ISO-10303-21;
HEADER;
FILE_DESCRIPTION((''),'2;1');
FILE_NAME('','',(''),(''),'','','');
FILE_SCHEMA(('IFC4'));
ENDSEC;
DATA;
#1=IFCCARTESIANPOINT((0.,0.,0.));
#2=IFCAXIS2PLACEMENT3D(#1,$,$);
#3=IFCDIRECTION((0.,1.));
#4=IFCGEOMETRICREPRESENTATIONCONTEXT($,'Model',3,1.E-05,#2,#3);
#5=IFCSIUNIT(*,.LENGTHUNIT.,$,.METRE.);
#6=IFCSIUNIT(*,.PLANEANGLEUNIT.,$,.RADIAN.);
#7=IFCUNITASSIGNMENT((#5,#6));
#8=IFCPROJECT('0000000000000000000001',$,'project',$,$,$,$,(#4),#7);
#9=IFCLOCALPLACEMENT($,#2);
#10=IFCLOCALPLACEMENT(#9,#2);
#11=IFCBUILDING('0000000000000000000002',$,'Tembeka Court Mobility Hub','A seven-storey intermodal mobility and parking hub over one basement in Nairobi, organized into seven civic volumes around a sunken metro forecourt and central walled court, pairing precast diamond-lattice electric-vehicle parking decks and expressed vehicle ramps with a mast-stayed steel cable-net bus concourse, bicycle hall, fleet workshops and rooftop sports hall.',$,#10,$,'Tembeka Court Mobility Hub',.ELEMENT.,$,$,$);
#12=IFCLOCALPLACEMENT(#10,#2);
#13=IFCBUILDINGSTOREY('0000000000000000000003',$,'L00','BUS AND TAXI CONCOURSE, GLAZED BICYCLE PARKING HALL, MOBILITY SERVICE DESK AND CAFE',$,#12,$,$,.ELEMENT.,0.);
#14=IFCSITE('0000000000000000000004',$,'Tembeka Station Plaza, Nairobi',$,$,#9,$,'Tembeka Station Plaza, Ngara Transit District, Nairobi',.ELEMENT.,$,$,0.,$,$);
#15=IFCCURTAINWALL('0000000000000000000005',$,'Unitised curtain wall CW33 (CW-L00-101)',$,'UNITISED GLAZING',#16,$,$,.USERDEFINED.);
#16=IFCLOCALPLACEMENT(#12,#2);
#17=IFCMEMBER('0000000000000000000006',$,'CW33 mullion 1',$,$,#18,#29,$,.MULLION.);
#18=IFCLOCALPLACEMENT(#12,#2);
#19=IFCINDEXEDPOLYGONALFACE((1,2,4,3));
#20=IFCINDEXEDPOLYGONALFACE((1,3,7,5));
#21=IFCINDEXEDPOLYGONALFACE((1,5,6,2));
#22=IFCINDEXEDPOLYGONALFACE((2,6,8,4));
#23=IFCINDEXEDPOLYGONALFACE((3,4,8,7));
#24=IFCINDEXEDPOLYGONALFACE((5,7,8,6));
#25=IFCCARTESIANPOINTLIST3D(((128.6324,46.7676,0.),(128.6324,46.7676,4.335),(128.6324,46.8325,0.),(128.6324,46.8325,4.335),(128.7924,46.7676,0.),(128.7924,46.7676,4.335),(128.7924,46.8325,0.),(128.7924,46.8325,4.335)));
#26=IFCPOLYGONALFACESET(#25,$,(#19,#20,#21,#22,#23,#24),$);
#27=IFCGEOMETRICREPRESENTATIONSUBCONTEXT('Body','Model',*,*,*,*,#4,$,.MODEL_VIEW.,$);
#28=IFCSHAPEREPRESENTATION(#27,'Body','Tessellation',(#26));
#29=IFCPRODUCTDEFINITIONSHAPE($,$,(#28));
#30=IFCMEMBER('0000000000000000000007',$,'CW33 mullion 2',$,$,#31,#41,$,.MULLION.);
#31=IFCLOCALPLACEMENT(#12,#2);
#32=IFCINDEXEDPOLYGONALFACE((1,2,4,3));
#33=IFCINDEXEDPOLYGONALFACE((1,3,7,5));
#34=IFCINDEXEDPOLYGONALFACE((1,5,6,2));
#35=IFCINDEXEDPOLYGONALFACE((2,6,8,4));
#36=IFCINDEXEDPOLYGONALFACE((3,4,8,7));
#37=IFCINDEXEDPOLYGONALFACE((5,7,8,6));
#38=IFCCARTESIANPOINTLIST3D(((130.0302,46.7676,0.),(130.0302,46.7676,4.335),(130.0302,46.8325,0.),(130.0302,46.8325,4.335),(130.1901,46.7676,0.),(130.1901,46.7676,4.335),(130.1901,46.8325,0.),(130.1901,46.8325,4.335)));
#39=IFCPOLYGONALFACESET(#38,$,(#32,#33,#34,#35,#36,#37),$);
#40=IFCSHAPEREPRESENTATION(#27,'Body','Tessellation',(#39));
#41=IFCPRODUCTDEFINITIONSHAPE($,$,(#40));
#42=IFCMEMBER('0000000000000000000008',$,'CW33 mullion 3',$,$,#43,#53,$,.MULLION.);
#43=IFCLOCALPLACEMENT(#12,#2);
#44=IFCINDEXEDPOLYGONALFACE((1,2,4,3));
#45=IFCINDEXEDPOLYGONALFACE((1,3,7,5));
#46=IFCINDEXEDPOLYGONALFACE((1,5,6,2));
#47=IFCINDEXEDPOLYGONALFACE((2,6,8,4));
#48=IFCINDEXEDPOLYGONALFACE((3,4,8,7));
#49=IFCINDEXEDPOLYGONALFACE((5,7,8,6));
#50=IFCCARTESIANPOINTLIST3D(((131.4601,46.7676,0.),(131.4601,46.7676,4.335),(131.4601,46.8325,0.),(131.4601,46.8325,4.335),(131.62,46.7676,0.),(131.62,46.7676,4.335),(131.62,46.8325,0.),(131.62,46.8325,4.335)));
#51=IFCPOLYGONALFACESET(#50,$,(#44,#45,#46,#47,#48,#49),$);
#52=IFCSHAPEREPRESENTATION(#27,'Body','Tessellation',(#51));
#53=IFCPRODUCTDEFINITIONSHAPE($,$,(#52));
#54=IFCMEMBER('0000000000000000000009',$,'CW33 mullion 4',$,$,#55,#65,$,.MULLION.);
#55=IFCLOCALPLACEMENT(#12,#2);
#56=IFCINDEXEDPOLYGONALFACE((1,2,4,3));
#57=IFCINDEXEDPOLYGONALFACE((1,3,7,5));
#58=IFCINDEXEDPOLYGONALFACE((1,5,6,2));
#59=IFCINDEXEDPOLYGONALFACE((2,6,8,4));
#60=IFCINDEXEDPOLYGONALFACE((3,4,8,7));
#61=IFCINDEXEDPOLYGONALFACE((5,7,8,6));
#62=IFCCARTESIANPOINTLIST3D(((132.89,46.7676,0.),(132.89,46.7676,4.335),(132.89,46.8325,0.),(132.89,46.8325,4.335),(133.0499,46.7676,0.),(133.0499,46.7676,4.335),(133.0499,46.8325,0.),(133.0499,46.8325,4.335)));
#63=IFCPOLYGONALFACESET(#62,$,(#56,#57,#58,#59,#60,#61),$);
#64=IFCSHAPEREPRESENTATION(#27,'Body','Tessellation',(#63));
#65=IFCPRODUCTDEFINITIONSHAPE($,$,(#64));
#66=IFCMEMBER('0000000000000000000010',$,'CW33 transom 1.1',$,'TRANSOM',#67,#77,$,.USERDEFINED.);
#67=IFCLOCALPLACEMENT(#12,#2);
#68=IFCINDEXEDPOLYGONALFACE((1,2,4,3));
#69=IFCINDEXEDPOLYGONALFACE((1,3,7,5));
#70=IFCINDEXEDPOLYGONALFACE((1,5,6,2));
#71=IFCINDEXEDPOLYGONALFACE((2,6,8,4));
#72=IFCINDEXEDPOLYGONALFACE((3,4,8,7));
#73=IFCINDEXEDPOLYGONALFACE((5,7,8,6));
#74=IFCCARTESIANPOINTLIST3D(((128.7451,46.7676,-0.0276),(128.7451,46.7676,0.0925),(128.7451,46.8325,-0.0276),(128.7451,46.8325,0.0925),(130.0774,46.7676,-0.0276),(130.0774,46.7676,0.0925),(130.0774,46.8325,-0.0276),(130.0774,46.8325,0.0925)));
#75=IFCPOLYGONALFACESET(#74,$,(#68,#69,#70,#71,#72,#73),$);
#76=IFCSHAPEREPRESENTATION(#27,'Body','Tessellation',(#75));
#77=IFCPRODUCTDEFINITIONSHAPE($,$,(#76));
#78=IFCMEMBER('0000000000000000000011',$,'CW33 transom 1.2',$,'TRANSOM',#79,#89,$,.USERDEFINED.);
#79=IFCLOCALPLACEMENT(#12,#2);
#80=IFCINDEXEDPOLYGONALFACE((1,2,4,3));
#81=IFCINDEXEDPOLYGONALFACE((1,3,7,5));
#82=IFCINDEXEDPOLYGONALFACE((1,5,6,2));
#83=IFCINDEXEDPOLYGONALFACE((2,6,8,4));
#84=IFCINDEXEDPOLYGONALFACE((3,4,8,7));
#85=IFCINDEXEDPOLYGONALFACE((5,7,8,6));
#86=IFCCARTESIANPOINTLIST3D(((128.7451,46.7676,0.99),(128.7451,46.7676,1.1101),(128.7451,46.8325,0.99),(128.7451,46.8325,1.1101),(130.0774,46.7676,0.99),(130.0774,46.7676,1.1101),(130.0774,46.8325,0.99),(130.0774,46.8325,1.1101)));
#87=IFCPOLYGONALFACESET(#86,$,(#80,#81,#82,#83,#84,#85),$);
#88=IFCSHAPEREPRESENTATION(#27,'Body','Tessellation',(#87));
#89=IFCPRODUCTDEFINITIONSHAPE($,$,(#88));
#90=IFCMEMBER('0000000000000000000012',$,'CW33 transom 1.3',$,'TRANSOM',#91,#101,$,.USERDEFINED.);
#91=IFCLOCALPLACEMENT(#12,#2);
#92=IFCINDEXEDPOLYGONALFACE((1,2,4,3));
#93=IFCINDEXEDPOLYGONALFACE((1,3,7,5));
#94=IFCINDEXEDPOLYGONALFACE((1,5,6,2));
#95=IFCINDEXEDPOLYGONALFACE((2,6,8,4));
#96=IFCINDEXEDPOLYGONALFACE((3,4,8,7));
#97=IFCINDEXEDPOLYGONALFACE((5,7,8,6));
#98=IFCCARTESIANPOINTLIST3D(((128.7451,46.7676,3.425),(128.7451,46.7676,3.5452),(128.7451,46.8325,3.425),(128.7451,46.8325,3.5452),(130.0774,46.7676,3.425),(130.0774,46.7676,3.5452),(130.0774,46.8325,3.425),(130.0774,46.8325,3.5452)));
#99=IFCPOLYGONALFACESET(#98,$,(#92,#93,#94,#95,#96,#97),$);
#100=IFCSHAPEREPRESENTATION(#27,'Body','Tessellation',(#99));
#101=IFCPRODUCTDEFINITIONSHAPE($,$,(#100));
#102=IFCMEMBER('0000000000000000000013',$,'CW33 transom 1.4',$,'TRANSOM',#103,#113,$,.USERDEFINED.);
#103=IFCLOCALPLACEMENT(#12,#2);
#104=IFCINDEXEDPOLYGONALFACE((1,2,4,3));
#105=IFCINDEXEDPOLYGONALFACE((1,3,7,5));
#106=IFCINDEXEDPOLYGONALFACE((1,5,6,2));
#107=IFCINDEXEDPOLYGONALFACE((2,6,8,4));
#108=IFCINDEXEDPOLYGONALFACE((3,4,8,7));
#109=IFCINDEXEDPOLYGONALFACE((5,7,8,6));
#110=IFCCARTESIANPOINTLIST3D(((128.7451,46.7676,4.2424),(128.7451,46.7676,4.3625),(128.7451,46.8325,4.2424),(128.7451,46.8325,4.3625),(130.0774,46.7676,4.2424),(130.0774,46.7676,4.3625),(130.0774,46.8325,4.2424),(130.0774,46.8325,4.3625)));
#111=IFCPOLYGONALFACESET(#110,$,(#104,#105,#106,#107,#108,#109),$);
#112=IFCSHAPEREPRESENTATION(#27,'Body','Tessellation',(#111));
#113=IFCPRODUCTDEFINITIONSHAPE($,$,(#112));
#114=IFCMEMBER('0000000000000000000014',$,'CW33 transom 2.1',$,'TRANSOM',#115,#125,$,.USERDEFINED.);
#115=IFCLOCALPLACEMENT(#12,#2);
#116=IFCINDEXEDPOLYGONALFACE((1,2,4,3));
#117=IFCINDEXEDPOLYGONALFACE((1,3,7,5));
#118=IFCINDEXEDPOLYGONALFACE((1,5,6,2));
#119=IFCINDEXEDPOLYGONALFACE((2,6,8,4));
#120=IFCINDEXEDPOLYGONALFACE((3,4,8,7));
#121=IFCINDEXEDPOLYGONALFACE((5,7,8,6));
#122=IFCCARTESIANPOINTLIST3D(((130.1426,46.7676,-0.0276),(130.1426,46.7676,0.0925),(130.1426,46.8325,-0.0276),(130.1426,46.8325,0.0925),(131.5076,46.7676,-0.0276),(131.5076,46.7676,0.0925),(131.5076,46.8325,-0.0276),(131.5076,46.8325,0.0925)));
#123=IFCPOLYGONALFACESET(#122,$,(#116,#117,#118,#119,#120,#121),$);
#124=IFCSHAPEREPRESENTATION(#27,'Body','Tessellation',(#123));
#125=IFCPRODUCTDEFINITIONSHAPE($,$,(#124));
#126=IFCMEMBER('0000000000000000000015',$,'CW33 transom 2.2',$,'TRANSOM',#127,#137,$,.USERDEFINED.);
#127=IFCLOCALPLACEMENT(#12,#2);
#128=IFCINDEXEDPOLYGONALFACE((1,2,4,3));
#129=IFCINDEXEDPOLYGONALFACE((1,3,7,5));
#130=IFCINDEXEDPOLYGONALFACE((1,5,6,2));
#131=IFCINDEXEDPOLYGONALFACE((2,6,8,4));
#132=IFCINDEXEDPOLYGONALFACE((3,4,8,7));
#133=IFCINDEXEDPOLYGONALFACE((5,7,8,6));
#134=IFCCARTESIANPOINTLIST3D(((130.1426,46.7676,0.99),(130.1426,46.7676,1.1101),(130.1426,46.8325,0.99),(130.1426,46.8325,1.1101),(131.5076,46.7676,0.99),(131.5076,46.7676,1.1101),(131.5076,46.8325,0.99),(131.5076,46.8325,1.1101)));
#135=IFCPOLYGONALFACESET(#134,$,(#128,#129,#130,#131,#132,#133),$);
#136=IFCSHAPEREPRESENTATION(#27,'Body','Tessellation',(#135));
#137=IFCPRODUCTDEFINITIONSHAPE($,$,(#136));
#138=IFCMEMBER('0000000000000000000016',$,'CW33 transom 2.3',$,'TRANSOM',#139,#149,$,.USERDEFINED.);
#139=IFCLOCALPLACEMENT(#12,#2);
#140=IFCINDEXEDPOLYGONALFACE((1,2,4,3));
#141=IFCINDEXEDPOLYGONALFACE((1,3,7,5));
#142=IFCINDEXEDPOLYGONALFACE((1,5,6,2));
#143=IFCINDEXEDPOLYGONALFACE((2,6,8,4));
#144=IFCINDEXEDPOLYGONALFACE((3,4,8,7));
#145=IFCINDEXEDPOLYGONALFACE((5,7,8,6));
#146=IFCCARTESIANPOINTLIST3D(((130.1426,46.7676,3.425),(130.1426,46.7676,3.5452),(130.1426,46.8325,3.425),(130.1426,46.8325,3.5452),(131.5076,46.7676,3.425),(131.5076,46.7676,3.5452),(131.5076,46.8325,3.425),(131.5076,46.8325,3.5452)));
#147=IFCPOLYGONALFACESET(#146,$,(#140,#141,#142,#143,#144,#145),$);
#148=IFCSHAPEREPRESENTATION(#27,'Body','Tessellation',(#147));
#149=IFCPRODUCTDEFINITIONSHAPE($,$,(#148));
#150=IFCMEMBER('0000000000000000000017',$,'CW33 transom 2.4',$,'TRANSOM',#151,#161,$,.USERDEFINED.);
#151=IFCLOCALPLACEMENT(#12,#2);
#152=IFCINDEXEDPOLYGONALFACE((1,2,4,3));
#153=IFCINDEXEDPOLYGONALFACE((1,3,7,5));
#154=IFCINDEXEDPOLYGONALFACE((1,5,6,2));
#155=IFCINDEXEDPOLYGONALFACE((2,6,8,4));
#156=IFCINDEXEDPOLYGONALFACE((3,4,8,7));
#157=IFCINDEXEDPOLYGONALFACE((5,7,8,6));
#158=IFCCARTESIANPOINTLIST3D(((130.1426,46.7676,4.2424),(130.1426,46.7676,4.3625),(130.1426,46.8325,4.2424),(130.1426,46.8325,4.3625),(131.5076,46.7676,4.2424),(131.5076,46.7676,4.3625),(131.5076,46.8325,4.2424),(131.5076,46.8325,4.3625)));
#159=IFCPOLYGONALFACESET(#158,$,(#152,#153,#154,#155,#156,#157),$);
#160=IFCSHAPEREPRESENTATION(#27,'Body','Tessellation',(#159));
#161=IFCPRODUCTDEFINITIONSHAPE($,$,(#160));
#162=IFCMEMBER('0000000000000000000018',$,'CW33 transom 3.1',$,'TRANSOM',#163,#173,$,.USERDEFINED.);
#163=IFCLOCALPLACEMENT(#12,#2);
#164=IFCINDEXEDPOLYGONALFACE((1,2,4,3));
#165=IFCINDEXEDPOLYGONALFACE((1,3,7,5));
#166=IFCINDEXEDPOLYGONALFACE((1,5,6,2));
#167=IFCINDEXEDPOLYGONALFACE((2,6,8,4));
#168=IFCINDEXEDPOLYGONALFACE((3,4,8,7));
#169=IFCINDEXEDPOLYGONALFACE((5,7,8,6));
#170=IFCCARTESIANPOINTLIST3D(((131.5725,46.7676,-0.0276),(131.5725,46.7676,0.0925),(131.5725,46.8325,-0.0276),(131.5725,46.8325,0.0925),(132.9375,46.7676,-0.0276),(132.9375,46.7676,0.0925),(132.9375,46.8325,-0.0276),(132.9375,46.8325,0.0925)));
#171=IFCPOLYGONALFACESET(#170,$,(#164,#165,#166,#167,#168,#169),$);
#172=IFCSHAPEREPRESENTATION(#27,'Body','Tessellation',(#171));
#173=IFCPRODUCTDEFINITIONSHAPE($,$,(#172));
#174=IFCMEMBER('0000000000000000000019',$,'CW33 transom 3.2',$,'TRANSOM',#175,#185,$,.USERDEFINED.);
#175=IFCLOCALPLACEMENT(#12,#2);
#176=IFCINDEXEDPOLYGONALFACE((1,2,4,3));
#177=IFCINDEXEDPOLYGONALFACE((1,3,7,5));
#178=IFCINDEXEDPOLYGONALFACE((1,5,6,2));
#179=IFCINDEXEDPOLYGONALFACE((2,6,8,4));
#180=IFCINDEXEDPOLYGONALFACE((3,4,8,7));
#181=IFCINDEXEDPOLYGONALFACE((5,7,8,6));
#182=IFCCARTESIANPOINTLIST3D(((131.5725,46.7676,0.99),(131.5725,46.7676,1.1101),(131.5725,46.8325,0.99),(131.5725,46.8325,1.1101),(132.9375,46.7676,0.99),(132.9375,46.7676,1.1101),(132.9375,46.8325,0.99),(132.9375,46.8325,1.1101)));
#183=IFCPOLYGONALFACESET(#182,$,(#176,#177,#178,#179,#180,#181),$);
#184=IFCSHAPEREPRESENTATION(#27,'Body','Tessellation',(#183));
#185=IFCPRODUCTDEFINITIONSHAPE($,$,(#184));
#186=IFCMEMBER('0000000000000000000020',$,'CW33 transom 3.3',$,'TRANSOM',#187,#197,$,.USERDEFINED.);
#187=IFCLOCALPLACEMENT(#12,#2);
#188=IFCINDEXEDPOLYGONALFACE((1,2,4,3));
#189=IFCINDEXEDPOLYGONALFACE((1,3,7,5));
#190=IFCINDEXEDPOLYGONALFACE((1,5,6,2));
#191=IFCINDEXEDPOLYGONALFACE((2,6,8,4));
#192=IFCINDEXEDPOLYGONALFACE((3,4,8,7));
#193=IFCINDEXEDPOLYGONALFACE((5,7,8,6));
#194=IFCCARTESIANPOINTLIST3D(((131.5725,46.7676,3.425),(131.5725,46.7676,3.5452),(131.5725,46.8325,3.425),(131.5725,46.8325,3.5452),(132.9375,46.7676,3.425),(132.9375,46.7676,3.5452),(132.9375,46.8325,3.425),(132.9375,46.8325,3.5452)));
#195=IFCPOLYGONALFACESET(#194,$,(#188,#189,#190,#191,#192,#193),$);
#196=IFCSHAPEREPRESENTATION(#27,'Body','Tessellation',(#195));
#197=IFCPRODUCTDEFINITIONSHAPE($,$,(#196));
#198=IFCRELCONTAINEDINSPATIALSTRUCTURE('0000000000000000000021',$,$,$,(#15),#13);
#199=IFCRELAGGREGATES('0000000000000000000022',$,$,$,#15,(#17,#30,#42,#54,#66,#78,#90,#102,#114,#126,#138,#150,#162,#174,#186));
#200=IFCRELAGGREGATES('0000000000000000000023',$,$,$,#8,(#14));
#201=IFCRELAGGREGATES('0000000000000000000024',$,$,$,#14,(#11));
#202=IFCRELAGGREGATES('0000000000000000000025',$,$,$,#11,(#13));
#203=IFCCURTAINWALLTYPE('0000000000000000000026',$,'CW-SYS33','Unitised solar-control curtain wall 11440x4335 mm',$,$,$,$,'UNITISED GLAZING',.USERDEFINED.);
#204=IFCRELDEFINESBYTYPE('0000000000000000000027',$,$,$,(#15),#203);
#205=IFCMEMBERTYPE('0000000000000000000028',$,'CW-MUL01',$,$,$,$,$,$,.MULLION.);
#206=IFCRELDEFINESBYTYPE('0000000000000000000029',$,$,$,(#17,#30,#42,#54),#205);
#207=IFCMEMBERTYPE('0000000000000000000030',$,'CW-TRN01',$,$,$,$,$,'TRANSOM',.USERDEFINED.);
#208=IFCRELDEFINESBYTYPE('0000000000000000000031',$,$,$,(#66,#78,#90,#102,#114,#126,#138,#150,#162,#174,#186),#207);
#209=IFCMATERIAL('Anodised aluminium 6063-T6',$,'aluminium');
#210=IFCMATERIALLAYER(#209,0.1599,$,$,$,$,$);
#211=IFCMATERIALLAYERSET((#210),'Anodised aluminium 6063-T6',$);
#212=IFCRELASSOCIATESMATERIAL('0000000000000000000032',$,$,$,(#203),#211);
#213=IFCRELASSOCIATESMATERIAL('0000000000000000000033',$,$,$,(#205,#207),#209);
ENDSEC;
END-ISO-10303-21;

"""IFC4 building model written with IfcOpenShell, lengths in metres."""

from ifc_helpers import new_model, si_unit, direction, frame, origin, origin_2d, place, context, subcontext, project, spatial, rectangle, extrude, material, layer, layer_set, material_profile, profile_set, type_object, element, aggregate, save


model = new_model("IFC4")

# Units and contexts
model_context = context("Model", 3, precision=1e-05, world=origin(), true_north=direction((0.0, 1.0)))
body_context = subcontext(model_context, "Body", "Model", "MODEL_VIEW")
ifc_project = project(units=[si_unit("LENGTHUNIT", "METRE"), si_unit("PLANEANGLEUNIT", "RADIAN")], contexts=[model_context])

# Site, building, storey
site_placement = place(None, origin())
site = spatial("IfcSite", under=ifc_project, at=site_placement, Name="Tembeka Station Plaza, Nairobi", LongName="Tembeka Station Plaza, Ngara Transit District, Nairobi", CompositionType="ELEMENT", RefElevation=0.0)
building_placement = place(site_placement, origin())
building = spatial("IfcBuilding", under=site, at=building_placement, Name="Tembeka Court Mobility Hub", Description="A seven-storey intermodal mobility and parking hub over one basement in Nairobi, organized into seven civic volumes around a sunken metro forecourt and central walled court, pairing precast diamond-lattice electric-vehicle parking decks and expressed vehicle ramps with a mast-stayed steel cable-net bus concourse, bicycle hall, fleet workshops and rooftop sports hall.", LongName="Tembeka Court Mobility Hub", CompositionType="ELEMENT")
storey_placement = place(building_placement, origin())
storey = spatial("IfcBuildingStorey", under=building, at=storey_placement, Name="L00", Description="BUS AND TAXI CONCOURSE, GLAZED BICYCLE PARKING HALL, MOBILITY SERVICE DESK AND CAFE", CompositionType="ELEMENT", Elevation=0.0)

# Curtain wall, members
ifc_material_1 = material(Name="Anodised aluminium 6063-T6", Category="aluminium")
ifc_layer_1 = layer(ifc_material_1, 0.1599)
ifc_layer_set_1 = layer_set([ifc_layer_1], Name="Anodised aluminium 6063-T6")
curtain_wall_type = type_object("IfcCurtainWallType", Name="CW-SYS33", Description="Unitised solar-control curtain wall 11440x4335 mm", ElementType="UNITISED GLAZING", PredefinedType="USERDEFINED", material=ifc_layer_set_1)
curtain_wall_placement = place(storey_placement, origin())
curtain_wall = element("IfcCurtainWall", 1, at=curtain_wall_placement, inside=storey, type_object=curtain_wall_type, Name="Unitised curtain wall CW33 (CW-L00-101)", ObjectType="UNITISED GLAZING", PredefinedType="USERDEFINED")
ifc_material_profile_1 = material_profile(ifc_material_1, rectangle(XDim=0.0649, YDim=0.1599, at=origin_2d()), Name="ALU-MUL 65x160")
ifc_profile_set_1 = profile_set([ifc_material_profile_1], Name="Anodised aluminium 6063-T6")
member_type_1 = type_object("IfcMemberType", Name="CW-MUL01", PredefinedType="MULLION", material=ifc_profile_set_1)
member_1_placement = place(storey_placement, frame((128.7124, 46.8, 0.0), z_axis=(0.0, 0.0, 1.0), x_axis=(0.0, 1.0, 0.0)))
member_1 = element("IfcMember", 2, at=member_1_placement, type_object=member_type_1, Name="CW33 mullion 1", PredefinedType="MULLION", context=body_context, shape_type="SweptSolid", body=[
    extrude(rectangle(XDim=0.0649, YDim=0.1599, at=origin_2d()), origin(), (0.0, 0.0, 1.0), 4.335),
])
member_2_placement = place(storey_placement, frame((130.1101, 46.8, 0.0), z_axis=(0.0, 0.0, 1.0), x_axis=(0.0, 1.0, 0.0)))
member_2 = element("IfcMember", 3, at=member_2_placement, type_object=member_type_1, Name="CW33 mullion 2", PredefinedType="MULLION", context=body_context, shape_type="SweptSolid", body=[
    extrude(rectangle(XDim=0.0649, YDim=0.1599, at=origin_2d()), origin(), (0.0, 0.0, 1.0), 4.335),
])
member_3_placement = place(storey_placement, frame((131.54, 46.8, 0.0), z_axis=(0.0, 0.0, 1.0), x_axis=(0.0, 1.0, 0.0)))
member_3 = element("IfcMember", 4, at=member_3_placement, type_object=member_type_1, Name="CW33 mullion 3", PredefinedType="MULLION", context=body_context, shape_type="SweptSolid", body=[
    extrude(rectangle(XDim=0.0649, YDim=0.1599, at=origin_2d()), origin(), (0.0, 0.0, 1.0), 4.335),
])
member_4_placement = place(storey_placement, frame((132.97, 46.8, 0.0), z_axis=(0.0, 0.0, 1.0), x_axis=(0.0, 1.0, 0.0)))
member_4 = element("IfcMember", 5, at=member_4_placement, type_object=member_type_1, Name="CW33 mullion 4", PredefinedType="MULLION", context=body_context, shape_type="SweptSolid", body=[
    extrude(rectangle(XDim=0.0649, YDim=0.1599, at=origin_2d()), origin(), (0.0, 0.0, 1.0), 4.335),
])
ifc_material_profile_2 = material_profile(ifc_material_1, rectangle(XDim=0.0649, YDim=0.1201, at=origin_2d()), Name="ALU-TRN 65x120")
ifc_profile_set_2 = profile_set([ifc_material_profile_2], Name="Anodised aluminium 6063-T6")
member_type_2 = type_object("IfcMemberType", Name="CW-TRN01", ElementType="TRANSOM", PredefinedType="USERDEFINED", material=ifc_profile_set_2)
member_5_placement = place(storey_placement, frame((128.7451, 46.8, 0.0325), z_axis=(1.0, 0.0, 0.0), x_axis=(0.0, 1.0, 0.0)))
member_5 = element("IfcMember", 6, at=member_5_placement, type_object=member_type_2, Name="CW33 transom 1.1", ObjectType="TRANSOM", PredefinedType="USERDEFINED", context=body_context, shape_type="SweptSolid", body=[
    extrude(rectangle(XDim=0.0649, YDim=0.1201, at=origin_2d()), origin(), (0.0, 0.0, 1.0), 1.3323),
])
member_6_placement = place(storey_placement, frame((128.7451, 46.8, 1.05), z_axis=(1.0, 0.0, 0.0), x_axis=(0.0, 1.0, 0.0)))
member_6 = element("IfcMember", 7, at=member_6_placement, type_object=member_type_2, Name="CW33 transom 1.2", ObjectType="TRANSOM", PredefinedType="USERDEFINED", context=body_context, shape_type="SweptSolid", body=[
    extrude(rectangle(XDim=0.0649, YDim=0.1201, at=origin_2d()), origin(), (0.0, 0.0, 1.0), 1.3323),
])
member_7_placement = place(storey_placement, frame((128.7451, 46.8, 3.4851), z_axis=(1.0, 0.0, 0.0), x_axis=(0.0, 1.0, 0.0)))
member_7 = element("IfcMember", 8, at=member_7_placement, type_object=member_type_2, Name="CW33 transom 1.3", ObjectType="TRANSOM", PredefinedType="USERDEFINED", context=body_context, shape_type="SweptSolid", body=[
    extrude(rectangle(XDim=0.0649, YDim=0.1201, at=origin_2d()), origin(), (0.0, 0.0, 1.0), 1.3323),
])
member_8_placement = place(storey_placement, frame((128.7451, 46.8, 4.3025), z_axis=(1.0, 0.0, 0.0), x_axis=(0.0, 1.0, 0.0)))
member_8 = element("IfcMember", 9, at=member_8_placement, type_object=member_type_2, Name="CW33 transom 1.4", ObjectType="TRANSOM", PredefinedType="USERDEFINED", context=body_context, shape_type="SweptSolid", body=[
    extrude(rectangle(XDim=0.0649, YDim=0.1201, at=origin_2d()), origin(), (0.0, 0.0, 1.0), 1.3323),
])
member_9_placement = place(storey_placement, frame((130.1426, 46.8, 0.0325), z_axis=(1.0, 0.0, 0.0), x_axis=(0.0, 1.0, 0.0)))
member_9 = element("IfcMember", 10, at=member_9_placement, type_object=member_type_2, Name="CW33 transom 2.1", ObjectType="TRANSOM", PredefinedType="USERDEFINED", context=body_context, shape_type="SweptSolid", body=[
    extrude(rectangle(XDim=0.0649, YDim=0.1201, at=origin_2d()), origin(), (0.0, 0.0, 1.0), 1.365),
])
member_10_placement = place(storey_placement, frame((130.1426, 46.8, 1.05), z_axis=(1.0, 0.0, 0.0), x_axis=(0.0, 1.0, 0.0)))
member_10 = element("IfcMember", 11, at=member_10_placement, type_object=member_type_2, Name="CW33 transom 2.2", ObjectType="TRANSOM", PredefinedType="USERDEFINED", context=body_context, shape_type="SweptSolid", body=[
    extrude(rectangle(XDim=0.0649, YDim=0.1201, at=origin_2d()), origin(), (0.0, 0.0, 1.0), 1.365),
])
member_11_placement = place(storey_placement, frame((130.1426, 46.8, 3.4851), z_axis=(1.0, 0.0, 0.0), x_axis=(0.0, 1.0, 0.0)))
member_11 = element("IfcMember", 12, at=member_11_placement, type_object=member_type_2, Name="CW33 transom 2.3", ObjectType="TRANSOM", PredefinedType="USERDEFINED", context=body_context, shape_type="SweptSolid", body=[
    extrude(rectangle(XDim=0.0649, YDim=0.1201, at=origin_2d()), origin(), (0.0, 0.0, 1.0), 1.365),
])
member_12_placement = place(storey_placement, frame((130.1426, 46.8, 4.3025), z_axis=(1.0, 0.0, 0.0), x_axis=(0.0, 1.0, 0.0)))
member_12 = element("IfcMember", 13, at=member_12_placement, type_object=member_type_2, Name="CW33 transom 2.4", ObjectType="TRANSOM", PredefinedType="USERDEFINED", context=body_context, shape_type="SweptSolid", body=[
    extrude(rectangle(XDim=0.0649, YDim=0.1201, at=origin_2d()), origin(), (0.0, 0.0, 1.0), 1.365),
])
member_13_placement = place(storey_placement, frame((131.5725, 46.8, 0.0325), z_axis=(1.0, 0.0, 0.0), x_axis=(0.0, 1.0, 0.0)))
member_13 = element("IfcMember", 14, at=member_13_placement, type_object=member_type_2, Name="CW33 transom 3.1", ObjectType="TRANSOM", PredefinedType="USERDEFINED", context=body_context, shape_type="SweptSolid", body=[
    extrude(rectangle(XDim=0.0649, YDim=0.1201, at=origin_2d()), origin(), (0.0, 0.0, 1.0), 1.365),
])
member_14_placement = place(storey_placement, frame((131.5725, 46.8, 1.05), z_axis=(1.0, 0.0, 0.0), x_axis=(0.0, 1.0, 0.0)))
member_14 = element("IfcMember", 15, at=member_14_placement, type_object=member_type_2, Name="CW33 transom 3.2", ObjectType="TRANSOM", PredefinedType="USERDEFINED", context=body_context, shape_type="SweptSolid", body=[
    extrude(rectangle(XDim=0.0649, YDim=0.1201, at=origin_2d()), origin(), (0.0, 0.0, 1.0), 1.365),
])
member_15_placement = place(storey_placement, frame((131.5725, 46.8, 3.4851), z_axis=(1.0, 0.0, 0.0), x_axis=(0.0, 1.0, 0.0)))
member_15 = element("IfcMember", 16, at=member_15_placement, type_object=member_type_2, Name="CW33 transom 3.3", ObjectType="TRANSOM", PredefinedType="USERDEFINED", context=body_context, shape_type="SweptSolid", body=[
    extrude(rectangle(XDim=0.0649, YDim=0.1201, at=origin_2d()), origin(), (0.0, 0.0, 1.0), 1.365),
])
aggregate(curtain_wall, [member_1, member_2, member_3, member_4, member_5, member_6, member_7, member_8, member_9, member_10, member_11, member_12, member_13, member_14, member_15])

save(model, "model.ifc")
